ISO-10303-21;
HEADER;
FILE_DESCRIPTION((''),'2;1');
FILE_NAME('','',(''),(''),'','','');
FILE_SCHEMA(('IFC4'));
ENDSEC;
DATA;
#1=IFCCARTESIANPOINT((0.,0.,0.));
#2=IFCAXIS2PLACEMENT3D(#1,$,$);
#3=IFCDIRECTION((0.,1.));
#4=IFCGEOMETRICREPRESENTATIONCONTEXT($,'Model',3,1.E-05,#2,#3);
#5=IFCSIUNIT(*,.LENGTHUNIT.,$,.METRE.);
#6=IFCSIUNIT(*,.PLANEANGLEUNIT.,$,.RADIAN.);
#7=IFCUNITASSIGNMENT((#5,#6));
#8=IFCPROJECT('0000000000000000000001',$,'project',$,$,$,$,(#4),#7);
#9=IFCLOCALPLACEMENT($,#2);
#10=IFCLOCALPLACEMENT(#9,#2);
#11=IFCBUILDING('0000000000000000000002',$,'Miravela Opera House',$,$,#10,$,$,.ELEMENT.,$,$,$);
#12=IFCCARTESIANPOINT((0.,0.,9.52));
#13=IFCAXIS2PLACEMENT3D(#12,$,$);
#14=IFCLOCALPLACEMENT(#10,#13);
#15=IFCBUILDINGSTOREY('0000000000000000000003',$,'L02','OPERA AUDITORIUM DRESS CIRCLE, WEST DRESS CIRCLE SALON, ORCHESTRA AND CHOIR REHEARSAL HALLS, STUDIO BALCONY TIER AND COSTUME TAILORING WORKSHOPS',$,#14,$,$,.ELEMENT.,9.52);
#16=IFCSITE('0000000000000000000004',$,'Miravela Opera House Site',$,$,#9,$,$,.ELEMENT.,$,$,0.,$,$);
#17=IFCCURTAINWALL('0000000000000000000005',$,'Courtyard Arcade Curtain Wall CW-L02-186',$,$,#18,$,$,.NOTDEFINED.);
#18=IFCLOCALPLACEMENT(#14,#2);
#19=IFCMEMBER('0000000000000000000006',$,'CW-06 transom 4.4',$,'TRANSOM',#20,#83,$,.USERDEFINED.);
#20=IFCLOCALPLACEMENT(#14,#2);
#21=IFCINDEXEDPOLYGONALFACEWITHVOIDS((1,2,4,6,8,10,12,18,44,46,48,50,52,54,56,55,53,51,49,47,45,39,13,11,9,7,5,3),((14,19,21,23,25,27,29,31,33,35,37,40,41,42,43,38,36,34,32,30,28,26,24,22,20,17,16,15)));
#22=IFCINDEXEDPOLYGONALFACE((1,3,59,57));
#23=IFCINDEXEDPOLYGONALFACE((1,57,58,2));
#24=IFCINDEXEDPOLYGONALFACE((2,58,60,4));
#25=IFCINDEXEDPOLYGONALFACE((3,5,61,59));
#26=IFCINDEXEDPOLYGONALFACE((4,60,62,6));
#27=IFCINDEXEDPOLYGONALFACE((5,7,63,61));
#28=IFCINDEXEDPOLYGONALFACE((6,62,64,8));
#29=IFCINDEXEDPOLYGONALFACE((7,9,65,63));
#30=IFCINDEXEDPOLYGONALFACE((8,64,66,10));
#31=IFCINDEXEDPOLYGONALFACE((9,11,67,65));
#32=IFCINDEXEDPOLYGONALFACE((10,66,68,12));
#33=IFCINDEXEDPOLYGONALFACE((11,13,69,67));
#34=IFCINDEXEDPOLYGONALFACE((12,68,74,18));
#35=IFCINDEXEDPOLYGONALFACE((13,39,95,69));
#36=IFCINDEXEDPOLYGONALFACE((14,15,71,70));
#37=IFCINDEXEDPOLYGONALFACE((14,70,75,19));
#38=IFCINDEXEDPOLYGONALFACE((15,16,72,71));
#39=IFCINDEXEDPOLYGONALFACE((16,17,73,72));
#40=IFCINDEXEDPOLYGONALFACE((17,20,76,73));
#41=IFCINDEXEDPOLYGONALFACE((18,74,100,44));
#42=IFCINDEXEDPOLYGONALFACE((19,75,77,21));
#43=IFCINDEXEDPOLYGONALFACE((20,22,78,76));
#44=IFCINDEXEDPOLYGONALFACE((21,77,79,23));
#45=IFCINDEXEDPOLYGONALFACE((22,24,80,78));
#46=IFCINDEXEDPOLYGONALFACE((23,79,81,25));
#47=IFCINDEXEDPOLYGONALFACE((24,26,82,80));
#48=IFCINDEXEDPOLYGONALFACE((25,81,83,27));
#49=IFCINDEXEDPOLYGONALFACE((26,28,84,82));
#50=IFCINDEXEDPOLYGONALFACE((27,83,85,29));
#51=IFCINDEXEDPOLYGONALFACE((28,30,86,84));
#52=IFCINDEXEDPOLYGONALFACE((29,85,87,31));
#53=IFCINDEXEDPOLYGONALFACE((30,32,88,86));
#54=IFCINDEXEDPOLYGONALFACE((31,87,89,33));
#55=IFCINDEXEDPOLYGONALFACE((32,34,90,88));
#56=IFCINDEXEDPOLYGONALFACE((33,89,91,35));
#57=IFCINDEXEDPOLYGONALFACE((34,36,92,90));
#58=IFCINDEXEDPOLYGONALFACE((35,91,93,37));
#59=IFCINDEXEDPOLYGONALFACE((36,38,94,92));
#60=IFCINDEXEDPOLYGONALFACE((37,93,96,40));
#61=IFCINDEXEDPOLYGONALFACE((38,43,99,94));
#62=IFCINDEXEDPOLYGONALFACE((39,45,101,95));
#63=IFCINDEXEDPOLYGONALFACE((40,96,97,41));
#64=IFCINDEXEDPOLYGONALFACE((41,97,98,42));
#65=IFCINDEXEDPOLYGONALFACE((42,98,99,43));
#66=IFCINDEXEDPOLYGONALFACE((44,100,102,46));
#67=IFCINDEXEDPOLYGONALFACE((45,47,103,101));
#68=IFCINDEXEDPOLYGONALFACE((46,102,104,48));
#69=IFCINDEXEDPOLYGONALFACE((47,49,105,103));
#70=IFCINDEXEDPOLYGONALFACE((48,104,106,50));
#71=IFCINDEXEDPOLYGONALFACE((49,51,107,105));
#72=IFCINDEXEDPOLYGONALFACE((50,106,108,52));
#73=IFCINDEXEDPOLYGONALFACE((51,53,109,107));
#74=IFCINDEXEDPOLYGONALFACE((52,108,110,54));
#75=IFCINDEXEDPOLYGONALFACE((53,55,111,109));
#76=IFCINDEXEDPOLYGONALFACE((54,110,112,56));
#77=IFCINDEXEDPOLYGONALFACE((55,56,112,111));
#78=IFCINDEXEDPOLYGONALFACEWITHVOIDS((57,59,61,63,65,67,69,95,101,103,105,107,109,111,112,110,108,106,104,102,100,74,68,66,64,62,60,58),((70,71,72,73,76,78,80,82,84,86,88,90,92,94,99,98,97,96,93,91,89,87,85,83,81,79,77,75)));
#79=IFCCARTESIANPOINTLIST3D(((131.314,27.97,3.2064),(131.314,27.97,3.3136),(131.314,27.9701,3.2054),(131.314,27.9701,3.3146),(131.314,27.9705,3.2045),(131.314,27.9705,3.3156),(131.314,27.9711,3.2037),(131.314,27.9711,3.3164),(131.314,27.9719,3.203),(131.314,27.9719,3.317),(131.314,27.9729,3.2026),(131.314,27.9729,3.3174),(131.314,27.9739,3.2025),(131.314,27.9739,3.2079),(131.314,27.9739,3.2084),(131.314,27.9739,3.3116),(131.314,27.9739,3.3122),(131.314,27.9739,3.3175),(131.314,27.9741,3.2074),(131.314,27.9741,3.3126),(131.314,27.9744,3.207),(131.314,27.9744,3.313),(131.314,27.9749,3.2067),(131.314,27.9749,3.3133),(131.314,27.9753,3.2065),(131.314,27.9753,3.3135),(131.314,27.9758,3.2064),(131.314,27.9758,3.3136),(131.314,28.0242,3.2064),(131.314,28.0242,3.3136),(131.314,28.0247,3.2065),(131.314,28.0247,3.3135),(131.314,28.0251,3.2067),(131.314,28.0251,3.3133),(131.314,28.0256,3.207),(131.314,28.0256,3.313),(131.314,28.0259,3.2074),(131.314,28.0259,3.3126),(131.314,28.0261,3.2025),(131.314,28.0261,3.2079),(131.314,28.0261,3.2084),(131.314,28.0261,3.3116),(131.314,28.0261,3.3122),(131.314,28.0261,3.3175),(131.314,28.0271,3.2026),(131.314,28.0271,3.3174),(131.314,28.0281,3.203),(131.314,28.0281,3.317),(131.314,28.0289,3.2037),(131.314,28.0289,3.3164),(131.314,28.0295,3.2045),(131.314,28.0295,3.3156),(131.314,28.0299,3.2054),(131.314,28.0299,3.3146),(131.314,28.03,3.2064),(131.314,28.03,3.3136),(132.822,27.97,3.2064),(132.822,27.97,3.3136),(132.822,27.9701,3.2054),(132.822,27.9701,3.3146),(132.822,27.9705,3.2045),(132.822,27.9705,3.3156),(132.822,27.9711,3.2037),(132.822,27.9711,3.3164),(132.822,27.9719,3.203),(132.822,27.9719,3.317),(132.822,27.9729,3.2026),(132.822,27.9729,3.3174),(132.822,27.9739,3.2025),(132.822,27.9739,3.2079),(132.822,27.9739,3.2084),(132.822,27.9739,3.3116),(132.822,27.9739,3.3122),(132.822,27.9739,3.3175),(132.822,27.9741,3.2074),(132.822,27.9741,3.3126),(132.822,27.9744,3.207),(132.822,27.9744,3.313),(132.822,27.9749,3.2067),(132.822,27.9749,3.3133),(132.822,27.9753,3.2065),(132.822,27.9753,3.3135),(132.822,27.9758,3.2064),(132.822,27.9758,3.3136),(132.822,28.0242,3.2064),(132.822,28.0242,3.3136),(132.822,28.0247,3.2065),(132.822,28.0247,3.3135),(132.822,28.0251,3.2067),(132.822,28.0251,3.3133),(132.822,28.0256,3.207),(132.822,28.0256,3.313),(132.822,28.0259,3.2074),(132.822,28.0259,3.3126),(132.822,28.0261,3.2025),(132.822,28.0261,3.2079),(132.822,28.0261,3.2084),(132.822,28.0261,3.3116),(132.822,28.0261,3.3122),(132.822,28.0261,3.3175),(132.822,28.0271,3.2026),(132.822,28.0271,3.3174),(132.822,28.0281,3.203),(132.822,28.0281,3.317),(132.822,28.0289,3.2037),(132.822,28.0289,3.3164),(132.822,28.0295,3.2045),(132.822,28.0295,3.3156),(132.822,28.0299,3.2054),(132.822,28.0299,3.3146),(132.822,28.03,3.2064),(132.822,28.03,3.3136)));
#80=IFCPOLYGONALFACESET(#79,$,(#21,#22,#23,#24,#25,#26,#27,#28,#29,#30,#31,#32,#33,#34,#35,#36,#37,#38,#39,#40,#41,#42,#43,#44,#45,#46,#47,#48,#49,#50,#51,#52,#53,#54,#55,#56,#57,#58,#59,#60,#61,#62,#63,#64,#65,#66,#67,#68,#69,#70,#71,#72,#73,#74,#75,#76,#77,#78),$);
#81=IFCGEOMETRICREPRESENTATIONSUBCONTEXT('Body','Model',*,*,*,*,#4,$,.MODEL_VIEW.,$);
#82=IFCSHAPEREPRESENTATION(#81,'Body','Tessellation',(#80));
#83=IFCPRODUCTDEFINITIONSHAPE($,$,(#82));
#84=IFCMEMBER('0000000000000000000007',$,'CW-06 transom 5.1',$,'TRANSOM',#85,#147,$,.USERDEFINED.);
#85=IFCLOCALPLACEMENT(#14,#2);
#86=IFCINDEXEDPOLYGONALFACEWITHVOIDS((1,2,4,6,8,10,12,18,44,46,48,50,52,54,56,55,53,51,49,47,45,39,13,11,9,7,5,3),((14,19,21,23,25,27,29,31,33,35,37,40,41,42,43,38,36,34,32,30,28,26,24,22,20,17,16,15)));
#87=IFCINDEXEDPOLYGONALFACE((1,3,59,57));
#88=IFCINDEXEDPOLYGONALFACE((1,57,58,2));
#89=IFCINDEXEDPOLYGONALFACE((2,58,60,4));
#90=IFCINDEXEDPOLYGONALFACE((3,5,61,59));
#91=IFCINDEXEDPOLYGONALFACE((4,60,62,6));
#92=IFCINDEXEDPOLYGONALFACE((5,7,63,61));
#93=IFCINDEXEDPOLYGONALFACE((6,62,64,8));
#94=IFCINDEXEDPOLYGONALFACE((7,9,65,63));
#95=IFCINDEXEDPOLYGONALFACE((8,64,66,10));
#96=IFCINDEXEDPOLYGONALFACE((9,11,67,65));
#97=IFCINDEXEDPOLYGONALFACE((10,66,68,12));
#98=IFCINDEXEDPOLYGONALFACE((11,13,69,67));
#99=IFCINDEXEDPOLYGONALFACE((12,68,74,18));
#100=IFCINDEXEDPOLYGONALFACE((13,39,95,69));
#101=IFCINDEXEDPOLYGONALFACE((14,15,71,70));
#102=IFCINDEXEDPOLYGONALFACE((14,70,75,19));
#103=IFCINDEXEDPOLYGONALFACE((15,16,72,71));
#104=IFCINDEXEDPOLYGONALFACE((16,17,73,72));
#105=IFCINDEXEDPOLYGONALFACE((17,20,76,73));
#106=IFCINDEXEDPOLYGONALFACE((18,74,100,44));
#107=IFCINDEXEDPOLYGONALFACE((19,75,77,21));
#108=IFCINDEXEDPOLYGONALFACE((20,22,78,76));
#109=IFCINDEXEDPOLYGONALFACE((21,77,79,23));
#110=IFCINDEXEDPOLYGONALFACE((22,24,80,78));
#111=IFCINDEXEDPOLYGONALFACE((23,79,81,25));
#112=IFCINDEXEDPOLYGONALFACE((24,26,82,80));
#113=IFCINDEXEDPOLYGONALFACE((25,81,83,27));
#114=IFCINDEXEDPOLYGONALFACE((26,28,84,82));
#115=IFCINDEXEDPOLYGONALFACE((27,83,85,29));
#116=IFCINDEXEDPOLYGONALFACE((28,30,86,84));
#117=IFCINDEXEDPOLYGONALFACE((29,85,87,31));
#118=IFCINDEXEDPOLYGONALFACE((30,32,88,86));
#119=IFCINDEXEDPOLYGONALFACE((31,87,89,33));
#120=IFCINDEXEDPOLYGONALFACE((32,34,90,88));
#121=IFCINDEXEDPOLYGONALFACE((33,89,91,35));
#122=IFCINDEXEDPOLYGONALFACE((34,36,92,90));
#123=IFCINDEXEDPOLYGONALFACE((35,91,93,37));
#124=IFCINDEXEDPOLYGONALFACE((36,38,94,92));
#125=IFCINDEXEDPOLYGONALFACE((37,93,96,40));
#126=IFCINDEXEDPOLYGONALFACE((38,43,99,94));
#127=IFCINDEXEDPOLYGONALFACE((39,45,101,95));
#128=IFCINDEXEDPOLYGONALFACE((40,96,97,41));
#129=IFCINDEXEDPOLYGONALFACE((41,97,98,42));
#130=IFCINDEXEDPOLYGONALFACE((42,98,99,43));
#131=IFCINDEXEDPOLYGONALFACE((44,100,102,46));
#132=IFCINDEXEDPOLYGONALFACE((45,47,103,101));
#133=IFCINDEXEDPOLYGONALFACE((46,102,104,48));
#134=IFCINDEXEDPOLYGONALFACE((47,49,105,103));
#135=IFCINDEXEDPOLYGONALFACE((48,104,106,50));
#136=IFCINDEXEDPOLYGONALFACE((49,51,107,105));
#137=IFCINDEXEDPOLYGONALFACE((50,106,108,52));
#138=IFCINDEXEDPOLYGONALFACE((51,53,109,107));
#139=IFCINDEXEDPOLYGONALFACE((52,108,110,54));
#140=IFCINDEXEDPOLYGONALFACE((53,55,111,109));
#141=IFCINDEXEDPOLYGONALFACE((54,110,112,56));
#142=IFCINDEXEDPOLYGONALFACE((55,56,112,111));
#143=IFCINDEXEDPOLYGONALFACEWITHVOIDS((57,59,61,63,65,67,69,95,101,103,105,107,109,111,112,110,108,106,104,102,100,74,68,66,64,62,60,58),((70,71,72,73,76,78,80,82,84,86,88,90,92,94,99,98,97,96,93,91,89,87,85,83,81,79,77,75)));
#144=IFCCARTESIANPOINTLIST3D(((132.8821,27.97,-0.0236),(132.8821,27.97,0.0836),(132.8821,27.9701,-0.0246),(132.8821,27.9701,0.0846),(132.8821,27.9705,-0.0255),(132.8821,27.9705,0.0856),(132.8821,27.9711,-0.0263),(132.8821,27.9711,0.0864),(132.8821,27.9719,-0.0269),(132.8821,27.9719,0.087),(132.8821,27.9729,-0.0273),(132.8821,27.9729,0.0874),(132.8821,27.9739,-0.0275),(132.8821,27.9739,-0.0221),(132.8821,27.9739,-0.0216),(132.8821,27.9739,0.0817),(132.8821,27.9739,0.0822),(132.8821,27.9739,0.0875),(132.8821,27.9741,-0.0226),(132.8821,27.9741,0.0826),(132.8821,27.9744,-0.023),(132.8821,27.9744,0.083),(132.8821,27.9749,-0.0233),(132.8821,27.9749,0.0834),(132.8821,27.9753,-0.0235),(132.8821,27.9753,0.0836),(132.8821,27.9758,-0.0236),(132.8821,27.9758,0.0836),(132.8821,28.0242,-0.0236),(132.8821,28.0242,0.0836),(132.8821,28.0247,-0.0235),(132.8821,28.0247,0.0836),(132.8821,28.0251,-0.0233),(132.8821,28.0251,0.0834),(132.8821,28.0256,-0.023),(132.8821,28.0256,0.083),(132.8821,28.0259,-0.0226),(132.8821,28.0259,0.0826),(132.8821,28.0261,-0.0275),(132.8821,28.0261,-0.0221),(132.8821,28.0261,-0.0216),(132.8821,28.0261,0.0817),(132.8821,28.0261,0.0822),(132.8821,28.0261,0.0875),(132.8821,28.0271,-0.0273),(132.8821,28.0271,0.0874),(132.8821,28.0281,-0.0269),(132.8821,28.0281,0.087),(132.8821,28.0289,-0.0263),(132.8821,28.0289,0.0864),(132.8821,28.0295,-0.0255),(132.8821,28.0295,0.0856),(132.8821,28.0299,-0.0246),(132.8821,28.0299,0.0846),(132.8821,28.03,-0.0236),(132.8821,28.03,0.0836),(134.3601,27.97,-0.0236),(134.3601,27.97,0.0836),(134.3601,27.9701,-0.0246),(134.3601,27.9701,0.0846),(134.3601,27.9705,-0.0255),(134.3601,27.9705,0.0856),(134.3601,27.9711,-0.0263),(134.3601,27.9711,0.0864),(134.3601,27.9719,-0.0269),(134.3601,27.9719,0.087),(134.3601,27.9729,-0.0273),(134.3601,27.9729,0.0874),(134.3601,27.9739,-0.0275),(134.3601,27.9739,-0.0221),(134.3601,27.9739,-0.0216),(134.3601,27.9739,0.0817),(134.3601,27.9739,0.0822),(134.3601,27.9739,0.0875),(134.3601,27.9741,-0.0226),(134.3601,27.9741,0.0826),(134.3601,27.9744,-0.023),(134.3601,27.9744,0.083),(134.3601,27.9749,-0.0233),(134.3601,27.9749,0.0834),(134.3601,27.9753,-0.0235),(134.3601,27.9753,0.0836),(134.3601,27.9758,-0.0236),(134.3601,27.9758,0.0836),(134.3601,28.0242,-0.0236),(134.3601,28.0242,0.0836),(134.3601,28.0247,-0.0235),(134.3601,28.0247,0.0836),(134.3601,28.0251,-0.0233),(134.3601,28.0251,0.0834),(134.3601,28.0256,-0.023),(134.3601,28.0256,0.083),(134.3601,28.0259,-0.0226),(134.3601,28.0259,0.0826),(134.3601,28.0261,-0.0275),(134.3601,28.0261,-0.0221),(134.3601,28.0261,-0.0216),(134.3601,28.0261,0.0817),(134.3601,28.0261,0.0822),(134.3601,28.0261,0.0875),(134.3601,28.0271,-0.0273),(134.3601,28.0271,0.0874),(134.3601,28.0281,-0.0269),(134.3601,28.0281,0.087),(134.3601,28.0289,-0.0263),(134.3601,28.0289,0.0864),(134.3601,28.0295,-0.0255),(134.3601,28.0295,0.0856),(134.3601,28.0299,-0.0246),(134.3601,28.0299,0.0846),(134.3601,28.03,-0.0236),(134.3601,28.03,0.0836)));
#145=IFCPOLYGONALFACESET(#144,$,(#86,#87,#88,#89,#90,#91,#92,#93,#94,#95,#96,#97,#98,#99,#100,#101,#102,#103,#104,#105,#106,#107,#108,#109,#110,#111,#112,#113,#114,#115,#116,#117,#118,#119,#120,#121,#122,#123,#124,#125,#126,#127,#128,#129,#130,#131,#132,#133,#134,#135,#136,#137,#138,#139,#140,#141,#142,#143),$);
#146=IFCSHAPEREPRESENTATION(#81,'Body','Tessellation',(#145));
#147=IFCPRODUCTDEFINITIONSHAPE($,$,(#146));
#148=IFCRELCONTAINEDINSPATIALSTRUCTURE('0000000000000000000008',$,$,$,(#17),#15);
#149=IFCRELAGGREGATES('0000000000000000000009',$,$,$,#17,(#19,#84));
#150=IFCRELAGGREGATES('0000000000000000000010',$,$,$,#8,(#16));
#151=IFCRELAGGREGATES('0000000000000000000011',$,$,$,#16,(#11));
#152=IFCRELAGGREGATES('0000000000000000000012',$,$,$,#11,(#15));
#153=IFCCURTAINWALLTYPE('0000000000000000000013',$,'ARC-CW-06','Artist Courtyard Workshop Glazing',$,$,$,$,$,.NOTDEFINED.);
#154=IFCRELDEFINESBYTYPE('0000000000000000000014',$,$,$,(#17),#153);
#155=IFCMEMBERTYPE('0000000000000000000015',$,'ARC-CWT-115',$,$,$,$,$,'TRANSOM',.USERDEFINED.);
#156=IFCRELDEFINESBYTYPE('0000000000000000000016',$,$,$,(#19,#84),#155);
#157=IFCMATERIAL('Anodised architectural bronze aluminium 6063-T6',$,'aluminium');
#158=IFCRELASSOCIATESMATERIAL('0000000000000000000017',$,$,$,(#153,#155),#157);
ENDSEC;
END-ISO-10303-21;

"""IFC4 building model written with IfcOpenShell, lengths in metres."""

from ifc_helpers import new_model, si_unit, direction, frame, origin, origin_2d, place, context, subcontext, project, spatial, hollow_rectangle, extrude, material, material_profile, profile_set, type_object, element, aggregate, save


model = new_model("IFC4")

# Units and contexts
model_context = context("Model", 3, precision=1e-05, world=origin(), true_north=direction((0.0, 1.0)))
body_context = subcontext(model_context, "Body", "Model", "MODEL_VIEW")
ifc_project = project(units=[si_unit("LENGTHUNIT", "METRE"), si_unit("PLANEANGLEUNIT", "RADIAN")], contexts=[model_context])

# Site, building, storey
site_placement = place(None, origin())
site = spatial("IfcSite", under=ifc_project, at=site_placement, Name="Miravela Opera House Site", CompositionType="ELEMENT", RefElevation=0.0)
building_placement = place(site_placement, origin())
building = spatial("IfcBuilding", under=site, at=building_placement, Name="Miravela Opera House", CompositionType="ELEMENT")
storey_placement = place(building_placement, frame((0.0, 0.0, 9.52)))
storey = spatial("IfcBuildingStorey", under=building, at=storey_placement, Name="L02", Description="OPERA AUDITORIUM DRESS CIRCLE, WEST DRESS CIRCLE SALON, ORCHESTRA AND CHOIR REHEARSAL HALLS, STUDIO BALCONY TIER AND COSTUME TAILORING WORKSHOPS", CompositionType="ELEMENT", Elevation=9.52)

# Curtain wall, members
ifc_material_1 = material(Name="Anodised architectural bronze aluminium 6063-T6", Category="aluminium")
curtain_wall_type = type_object("IfcCurtainWallType", Name="ARC-CW-06", Description="Artist Courtyard Workshop Glazing", PredefinedType="NOTDEFINED", material=ifc_material_1)
curtain_wall_placement = place(storey_placement, origin())
curtain_wall = element("IfcCurtainWall", 1, at=curtain_wall_placement, inside=storey, type_object=curtain_wall_type, Name="Courtyard Arcade Curtain Wall CW-L02-186", PredefinedType="NOTDEFINED")
ifc_material_profile_1 = material_profile(ifc_material_1, hollow_rectangle(XDim=0.0601, YDim=0.115, WallThickness=0.0039, InnerFilletRadius=0.002, OuterFilletRadius=0.0039, at=origin_2d()), Name="CWT-60X115")
ifc_profile_set_1 = profile_set([ifc_material_profile_1])
member_type_1 = type_object("IfcMemberType", Name="ARC-CWT-115", ElementType="TRANSOM", PredefinedType="USERDEFINED", material=ifc_profile_set_1)
member_1_placement = place(storey_placement, frame((131.314, 28.0, 3.26), z_axis=(1.0, 0.0, 0.0), x_axis=(0.0, 1.0, 0.0)))
member_1 = element("IfcMember", 2, at=member_1_placement, type_object=member_type_1, Name="CW-06 transom 4.4", ObjectType="TRANSOM", PredefinedType="USERDEFINED", context=body_context, shape_type="SweptSolid", body=[
    extrude(hollow_rectangle(XDim=0.0601, YDim=0.115, WallThickness=0.0039, InnerFilletRadius=0.002, OuterFilletRadius=0.0039, at=origin_2d()), origin(), (0.0, 0.0, 1.0), 1.5081),
])
member_2_placement = place(storey_placement, frame((132.8821, 28.0, 0.03), z_axis=(1.0, 0.0, 0.0), x_axis=(0.0, 1.0, 0.0)))
member_2 = element("IfcMember", 3, at=member_2_placement, type_object=member_type_1, Name="CW-06 transom 5.1", ObjectType="TRANSOM", PredefinedType="USERDEFINED", context=body_context, shape_type="SweptSolid", body=[
    extrude(hollow_rectangle(XDim=0.0601, YDim=0.115, WallThickness=0.0039, InnerFilletRadius=0.002, OuterFilletRadius=0.0039, at=origin_2d()), origin(), (0.0, 0.0, 1.0), 1.478),
])

aggregate(curtain_wall, [member_1, member_2])

save(model, "model.ifc")
